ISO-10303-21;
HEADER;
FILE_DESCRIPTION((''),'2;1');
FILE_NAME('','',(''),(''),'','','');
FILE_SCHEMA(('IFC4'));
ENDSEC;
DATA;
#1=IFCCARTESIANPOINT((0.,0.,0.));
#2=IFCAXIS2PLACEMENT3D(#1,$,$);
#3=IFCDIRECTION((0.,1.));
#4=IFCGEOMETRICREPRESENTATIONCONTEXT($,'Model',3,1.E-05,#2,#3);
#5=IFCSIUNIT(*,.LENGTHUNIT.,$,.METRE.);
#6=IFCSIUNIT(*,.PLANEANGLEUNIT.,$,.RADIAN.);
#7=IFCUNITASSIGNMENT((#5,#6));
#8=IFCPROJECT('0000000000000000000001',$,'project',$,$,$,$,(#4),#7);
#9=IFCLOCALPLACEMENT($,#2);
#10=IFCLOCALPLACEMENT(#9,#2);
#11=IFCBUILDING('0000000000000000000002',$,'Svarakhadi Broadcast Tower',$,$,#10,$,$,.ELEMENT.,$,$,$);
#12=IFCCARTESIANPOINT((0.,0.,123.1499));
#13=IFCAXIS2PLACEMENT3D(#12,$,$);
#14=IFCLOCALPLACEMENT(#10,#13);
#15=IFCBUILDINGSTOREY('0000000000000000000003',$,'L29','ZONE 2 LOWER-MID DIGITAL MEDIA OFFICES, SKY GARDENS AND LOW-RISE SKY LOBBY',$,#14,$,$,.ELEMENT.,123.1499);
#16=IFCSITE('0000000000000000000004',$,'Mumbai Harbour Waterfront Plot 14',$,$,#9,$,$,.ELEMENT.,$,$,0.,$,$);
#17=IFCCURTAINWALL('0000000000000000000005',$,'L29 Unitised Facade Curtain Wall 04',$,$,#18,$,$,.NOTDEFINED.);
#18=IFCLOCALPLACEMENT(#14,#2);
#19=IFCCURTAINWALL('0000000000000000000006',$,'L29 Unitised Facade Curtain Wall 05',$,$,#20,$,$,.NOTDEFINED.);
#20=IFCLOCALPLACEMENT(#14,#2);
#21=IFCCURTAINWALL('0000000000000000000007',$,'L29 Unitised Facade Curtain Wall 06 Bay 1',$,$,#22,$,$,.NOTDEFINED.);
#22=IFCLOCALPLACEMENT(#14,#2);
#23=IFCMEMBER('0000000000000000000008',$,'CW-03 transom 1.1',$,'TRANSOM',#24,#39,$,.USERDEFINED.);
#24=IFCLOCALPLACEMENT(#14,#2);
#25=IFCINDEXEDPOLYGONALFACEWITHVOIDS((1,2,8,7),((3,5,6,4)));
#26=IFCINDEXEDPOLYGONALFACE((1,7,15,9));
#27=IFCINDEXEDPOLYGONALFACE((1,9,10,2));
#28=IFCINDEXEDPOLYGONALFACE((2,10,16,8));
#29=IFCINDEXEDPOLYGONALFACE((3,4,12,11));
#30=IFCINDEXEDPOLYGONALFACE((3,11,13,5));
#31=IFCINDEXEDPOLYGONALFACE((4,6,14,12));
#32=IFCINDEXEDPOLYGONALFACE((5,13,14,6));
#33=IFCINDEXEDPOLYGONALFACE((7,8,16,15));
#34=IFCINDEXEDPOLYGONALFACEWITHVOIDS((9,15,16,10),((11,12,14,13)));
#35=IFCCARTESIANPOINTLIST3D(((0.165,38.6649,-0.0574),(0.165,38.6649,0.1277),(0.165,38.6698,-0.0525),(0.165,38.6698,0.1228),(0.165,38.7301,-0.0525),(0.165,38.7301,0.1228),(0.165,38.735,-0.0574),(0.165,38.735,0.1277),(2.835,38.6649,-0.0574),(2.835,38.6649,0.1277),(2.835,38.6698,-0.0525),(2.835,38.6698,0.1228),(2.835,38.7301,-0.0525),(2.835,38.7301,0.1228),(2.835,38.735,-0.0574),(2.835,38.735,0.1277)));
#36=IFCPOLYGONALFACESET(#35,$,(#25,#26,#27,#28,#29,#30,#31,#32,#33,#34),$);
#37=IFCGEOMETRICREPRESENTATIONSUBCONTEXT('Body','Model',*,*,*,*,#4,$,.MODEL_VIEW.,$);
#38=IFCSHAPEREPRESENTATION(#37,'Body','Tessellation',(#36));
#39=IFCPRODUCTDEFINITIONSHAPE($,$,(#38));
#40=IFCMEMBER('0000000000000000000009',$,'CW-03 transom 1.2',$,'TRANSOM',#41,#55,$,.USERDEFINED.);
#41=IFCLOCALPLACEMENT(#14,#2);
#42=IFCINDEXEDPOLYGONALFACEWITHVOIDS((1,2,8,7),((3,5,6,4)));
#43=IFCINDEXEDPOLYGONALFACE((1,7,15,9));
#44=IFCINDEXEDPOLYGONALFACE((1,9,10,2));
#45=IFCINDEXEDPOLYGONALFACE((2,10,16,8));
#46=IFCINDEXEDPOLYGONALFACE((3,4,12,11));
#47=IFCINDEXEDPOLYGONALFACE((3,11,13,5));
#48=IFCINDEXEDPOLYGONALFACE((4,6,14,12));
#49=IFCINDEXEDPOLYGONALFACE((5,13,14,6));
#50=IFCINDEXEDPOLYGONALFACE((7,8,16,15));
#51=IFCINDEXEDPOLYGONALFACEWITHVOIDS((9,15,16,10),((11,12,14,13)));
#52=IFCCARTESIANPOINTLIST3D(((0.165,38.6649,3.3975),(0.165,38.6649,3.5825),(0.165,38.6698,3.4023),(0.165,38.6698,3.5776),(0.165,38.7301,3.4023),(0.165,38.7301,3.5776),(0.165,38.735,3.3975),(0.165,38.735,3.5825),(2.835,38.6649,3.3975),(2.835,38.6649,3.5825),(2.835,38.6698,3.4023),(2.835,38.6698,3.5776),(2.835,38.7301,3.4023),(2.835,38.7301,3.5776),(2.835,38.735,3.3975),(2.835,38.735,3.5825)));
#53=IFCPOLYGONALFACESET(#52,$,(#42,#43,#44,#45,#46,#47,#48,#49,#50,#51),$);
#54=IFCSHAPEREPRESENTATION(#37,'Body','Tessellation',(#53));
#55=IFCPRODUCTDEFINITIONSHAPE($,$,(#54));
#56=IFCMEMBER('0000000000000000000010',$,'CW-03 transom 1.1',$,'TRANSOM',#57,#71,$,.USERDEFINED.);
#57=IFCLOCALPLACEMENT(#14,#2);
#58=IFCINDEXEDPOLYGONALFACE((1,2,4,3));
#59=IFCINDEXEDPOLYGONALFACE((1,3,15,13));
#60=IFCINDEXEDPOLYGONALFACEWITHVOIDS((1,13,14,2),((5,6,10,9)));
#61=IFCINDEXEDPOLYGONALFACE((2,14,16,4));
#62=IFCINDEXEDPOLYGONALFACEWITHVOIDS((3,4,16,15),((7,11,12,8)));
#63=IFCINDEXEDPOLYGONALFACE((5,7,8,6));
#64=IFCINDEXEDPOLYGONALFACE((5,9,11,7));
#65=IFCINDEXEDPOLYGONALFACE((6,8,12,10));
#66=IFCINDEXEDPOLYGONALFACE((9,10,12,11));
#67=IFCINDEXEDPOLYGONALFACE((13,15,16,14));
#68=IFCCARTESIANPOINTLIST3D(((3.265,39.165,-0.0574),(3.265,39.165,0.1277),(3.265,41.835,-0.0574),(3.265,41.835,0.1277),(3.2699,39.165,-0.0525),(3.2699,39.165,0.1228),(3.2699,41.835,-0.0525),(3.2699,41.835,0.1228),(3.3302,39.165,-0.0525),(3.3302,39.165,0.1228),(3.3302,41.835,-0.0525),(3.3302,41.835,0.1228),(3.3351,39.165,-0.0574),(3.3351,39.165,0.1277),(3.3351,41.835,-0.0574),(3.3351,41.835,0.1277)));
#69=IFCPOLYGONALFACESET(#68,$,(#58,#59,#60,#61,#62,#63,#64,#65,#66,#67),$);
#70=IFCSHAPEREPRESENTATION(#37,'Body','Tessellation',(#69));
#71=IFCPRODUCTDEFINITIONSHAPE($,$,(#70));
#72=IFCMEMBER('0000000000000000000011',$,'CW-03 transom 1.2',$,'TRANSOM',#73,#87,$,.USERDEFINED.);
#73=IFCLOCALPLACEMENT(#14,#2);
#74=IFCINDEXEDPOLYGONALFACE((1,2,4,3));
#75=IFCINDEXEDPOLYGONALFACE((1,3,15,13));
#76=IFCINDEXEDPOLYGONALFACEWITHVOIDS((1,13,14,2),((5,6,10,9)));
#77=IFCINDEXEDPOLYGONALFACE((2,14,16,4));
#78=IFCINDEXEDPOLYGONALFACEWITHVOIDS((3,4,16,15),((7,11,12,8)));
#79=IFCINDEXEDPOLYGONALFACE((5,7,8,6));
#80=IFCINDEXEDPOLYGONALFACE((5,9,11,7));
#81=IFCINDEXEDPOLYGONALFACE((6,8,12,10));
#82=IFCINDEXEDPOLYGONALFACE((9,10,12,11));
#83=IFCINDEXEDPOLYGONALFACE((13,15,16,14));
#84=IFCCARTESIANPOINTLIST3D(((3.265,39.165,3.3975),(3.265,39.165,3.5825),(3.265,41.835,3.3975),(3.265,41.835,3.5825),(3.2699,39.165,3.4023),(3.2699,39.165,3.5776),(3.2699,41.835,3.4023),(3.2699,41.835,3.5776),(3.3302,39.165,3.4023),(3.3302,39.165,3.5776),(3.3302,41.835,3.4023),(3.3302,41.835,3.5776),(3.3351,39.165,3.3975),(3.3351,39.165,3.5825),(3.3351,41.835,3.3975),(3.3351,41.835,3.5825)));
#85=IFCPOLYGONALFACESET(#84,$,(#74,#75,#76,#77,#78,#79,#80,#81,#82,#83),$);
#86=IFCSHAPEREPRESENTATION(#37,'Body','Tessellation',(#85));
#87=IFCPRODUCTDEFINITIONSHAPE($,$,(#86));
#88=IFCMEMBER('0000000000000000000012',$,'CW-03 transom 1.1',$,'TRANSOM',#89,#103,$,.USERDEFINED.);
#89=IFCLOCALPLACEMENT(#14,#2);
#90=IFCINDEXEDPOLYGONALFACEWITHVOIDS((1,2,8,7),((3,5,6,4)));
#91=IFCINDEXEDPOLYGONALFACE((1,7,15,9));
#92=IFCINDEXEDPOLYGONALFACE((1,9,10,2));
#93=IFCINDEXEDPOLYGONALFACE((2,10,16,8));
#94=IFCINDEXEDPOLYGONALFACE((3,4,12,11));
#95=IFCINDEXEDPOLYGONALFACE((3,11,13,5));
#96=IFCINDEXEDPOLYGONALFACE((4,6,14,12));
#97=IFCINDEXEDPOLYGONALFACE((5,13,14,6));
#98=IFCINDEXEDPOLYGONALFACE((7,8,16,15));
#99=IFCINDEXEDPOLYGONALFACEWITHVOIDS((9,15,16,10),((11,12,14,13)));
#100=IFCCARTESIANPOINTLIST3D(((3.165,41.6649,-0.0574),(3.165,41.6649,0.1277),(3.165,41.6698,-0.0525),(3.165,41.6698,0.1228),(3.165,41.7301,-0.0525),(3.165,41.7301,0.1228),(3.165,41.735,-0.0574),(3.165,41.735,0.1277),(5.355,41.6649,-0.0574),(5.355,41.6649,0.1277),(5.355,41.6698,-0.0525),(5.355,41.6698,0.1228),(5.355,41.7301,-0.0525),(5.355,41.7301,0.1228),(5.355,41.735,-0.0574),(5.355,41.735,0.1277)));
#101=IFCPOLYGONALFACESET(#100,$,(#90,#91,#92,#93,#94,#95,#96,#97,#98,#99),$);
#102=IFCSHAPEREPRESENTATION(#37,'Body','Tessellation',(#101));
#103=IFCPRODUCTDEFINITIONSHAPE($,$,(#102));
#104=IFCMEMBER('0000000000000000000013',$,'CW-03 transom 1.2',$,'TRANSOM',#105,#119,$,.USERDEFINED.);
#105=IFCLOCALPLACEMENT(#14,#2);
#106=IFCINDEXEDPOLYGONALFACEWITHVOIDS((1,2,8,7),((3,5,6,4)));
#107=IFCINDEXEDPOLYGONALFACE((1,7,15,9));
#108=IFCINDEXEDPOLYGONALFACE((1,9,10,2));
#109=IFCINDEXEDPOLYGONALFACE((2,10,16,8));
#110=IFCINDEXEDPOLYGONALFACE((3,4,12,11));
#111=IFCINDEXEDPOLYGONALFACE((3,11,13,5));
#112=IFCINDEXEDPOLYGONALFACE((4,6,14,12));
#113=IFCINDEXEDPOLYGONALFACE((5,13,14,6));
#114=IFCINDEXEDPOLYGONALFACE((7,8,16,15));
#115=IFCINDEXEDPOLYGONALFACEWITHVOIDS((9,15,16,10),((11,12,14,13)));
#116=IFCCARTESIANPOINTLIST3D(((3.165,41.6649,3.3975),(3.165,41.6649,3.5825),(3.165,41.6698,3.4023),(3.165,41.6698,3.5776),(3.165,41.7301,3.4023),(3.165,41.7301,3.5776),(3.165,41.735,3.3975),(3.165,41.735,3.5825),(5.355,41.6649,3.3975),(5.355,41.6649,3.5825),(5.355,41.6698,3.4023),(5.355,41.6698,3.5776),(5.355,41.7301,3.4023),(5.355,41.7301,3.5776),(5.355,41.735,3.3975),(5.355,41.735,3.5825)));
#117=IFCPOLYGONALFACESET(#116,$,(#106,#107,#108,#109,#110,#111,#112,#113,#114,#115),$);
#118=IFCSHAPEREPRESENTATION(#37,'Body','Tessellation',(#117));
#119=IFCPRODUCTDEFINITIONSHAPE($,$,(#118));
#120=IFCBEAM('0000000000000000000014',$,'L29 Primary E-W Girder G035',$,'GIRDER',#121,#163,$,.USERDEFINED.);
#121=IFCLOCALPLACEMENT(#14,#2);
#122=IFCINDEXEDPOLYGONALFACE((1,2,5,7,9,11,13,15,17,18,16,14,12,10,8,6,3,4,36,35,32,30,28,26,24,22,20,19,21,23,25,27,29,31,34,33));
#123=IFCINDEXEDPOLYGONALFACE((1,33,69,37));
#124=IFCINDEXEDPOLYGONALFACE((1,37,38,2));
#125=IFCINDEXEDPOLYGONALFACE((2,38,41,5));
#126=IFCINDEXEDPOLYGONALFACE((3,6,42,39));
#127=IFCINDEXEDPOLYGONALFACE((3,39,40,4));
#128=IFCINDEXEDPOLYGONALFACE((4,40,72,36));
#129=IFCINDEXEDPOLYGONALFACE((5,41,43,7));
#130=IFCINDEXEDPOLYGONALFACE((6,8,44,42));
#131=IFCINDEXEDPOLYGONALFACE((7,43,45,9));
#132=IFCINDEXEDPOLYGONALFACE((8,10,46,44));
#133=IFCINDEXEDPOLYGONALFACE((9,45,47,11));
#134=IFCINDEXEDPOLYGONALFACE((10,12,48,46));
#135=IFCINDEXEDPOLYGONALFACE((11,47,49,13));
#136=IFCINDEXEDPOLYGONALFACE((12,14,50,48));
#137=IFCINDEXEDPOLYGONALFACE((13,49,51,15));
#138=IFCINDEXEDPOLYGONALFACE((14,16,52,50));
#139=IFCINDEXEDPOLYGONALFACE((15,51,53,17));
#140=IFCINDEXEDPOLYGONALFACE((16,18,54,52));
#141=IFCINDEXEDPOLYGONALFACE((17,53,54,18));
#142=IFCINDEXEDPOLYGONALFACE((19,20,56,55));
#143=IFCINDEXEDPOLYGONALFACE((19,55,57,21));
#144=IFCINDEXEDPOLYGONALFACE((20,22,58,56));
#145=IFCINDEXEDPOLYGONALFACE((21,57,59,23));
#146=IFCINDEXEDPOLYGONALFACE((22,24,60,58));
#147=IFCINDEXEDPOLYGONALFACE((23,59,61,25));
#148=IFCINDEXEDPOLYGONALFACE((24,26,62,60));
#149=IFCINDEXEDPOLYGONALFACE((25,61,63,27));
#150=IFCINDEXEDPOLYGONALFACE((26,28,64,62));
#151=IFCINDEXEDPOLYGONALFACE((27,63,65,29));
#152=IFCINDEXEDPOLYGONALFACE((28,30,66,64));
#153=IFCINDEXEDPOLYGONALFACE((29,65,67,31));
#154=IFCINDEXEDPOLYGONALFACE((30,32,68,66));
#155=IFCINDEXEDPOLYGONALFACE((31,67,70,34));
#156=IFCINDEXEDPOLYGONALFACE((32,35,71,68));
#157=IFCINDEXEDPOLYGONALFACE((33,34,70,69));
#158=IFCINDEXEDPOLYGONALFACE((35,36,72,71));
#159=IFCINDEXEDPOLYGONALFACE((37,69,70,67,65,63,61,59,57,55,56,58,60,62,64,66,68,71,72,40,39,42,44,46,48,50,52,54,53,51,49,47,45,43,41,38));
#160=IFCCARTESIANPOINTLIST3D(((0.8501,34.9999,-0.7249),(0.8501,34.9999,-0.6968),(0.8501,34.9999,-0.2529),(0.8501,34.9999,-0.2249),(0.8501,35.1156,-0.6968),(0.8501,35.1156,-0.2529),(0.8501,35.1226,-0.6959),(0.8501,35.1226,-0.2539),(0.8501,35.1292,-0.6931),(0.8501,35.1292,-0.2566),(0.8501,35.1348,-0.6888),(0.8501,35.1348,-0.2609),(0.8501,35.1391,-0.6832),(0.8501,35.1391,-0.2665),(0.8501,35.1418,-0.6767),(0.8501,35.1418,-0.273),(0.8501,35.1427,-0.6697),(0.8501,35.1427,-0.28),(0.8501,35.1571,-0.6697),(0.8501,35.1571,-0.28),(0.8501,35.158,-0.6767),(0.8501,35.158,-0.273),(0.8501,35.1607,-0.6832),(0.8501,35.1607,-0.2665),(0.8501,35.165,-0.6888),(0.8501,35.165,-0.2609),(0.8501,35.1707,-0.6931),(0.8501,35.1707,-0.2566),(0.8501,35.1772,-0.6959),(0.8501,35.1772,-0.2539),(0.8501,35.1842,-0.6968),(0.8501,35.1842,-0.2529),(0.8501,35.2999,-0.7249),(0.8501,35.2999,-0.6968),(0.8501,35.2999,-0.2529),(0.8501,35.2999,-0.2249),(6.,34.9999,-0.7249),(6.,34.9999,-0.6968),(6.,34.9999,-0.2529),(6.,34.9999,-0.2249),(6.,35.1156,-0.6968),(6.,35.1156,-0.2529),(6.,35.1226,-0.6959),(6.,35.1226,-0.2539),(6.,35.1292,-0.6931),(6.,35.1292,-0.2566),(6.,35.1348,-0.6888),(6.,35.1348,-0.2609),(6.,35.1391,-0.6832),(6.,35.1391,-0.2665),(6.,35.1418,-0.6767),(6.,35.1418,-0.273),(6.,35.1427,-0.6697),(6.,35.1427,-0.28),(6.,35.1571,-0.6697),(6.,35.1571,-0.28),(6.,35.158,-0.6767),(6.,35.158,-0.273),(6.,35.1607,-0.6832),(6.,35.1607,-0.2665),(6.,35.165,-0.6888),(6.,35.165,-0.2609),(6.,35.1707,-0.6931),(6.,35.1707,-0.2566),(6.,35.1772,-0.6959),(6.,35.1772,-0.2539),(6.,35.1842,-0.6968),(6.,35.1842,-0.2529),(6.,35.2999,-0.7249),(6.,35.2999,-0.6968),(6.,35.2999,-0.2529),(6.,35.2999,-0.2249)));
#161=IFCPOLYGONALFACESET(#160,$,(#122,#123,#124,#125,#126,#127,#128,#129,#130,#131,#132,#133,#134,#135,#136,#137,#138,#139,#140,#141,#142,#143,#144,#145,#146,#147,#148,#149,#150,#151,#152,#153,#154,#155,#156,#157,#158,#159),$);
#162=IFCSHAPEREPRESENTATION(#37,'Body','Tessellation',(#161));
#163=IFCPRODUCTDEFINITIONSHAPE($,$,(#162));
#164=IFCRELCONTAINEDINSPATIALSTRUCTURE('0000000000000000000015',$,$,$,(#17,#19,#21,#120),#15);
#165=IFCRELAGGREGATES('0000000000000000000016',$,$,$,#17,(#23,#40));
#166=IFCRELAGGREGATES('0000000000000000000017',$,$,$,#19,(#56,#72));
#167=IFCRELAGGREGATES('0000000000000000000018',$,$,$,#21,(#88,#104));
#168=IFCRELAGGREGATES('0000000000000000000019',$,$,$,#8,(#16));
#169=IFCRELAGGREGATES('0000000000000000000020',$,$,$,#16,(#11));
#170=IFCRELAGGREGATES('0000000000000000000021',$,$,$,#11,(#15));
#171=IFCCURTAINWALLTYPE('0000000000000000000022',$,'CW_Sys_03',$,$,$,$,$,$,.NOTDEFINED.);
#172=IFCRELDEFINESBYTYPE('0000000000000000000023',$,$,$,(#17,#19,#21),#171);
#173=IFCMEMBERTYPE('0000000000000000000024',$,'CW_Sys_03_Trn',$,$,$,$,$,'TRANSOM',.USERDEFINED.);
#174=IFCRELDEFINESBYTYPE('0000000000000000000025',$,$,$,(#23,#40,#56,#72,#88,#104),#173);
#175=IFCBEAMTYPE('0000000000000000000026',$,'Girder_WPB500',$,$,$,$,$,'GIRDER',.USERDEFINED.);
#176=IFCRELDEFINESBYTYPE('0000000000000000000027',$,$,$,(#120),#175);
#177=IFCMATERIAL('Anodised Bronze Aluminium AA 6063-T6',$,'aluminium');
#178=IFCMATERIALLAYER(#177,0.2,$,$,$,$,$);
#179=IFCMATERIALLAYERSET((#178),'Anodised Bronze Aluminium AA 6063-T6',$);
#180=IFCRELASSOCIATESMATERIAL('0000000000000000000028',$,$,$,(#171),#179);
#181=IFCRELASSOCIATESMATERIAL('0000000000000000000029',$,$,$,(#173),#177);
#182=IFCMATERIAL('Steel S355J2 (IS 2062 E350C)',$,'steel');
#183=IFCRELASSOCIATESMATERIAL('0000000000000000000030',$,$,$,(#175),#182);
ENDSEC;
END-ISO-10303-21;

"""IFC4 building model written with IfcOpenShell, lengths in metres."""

from ifc_helpers import new_model, si_unit, direction, frame, origin, origin_2d, place, context, subcontext, project, spatial, hollow_rectangle, i_section, extrude, material, layer, layer_set, material_profile, profile_set, type_object, element, aggregate, save


model = new_model("IFC4")

# Units and contexts
model_context = context("Model", 3, precision=1e-05, world=origin(), true_north=direction((0.0, 1.0)))
body_context = subcontext(model_context, "Body", "Model", "MODEL_VIEW")
ifc_project = project(units=[si_unit("LENGTHUNIT", "METRE"), si_unit("PLANEANGLEUNIT", "RADIAN")], contexts=[model_context])

# Site, building, storey
site_placement = place(None, origin())
site = spatial("IfcSite", under=ifc_project, at=site_placement, Name="Mumbai Harbour Waterfront Plot 14", CompositionType="ELEMENT", RefElevation=0.0)
building_placement = place(site_placement, origin())
building = spatial("IfcBuilding", under=site, at=building_placement, Name="Svarakhadi Broadcast Tower", CompositionType="ELEMENT")
storey_placement = place(building_placement, frame((0.0, 0.0, 123.1499)))
storey = spatial("IfcBuildingStorey", under=building, at=storey_placement, Name="L29", Description="ZONE 2 LOWER-MID DIGITAL MEDIA OFFICES, SKY GARDENS AND LOW-RISE SKY LOBBY", CompositionType="ELEMENT", Elevation=123.1499)

# Curtain walls
ifc_material_1 = material(Name="Anodised Bronze Aluminium AA 6063-T6", Category="aluminium")
ifc_layer_1 = layer(ifc_material_1, 0.2)
ifc_layer_set_1 = layer_set([ifc_layer_1], Name="Anodised Bronze Aluminium AA 6063-T6")
curtain_wall_type = type_object("IfcCurtainWallType", Name="CW_Sys_03", PredefinedType="NOTDEFINED", material=ifc_layer_set_1)
curtain_wall_1_placement = place(storey_placement, origin())
curtain_wall_1 = element("IfcCurtainWall", 1, at=curtain_wall_1_placement, inside=storey, type_object=curtain_wall_type, Name="L29 Unitised Facade Curtain Wall 04", PredefinedType="NOTDEFINED")
curtain_wall_2_placement = place(storey_placement, origin())
curtain_wall_2 = element("IfcCurtainWall", 2, at=curtain_wall_2_placement, inside=storey, type_object=curtain_wall_type, Name="L29 Unitised Facade Curtain Wall 05", PredefinedType="NOTDEFINED")
curtain_wall_3_placement = place(storey_placement, origin())
curtain_wall_3 = element("IfcCurtainWall", 3, at=curtain_wall_3_placement, inside=storey, type_object=curtain_wall_type, Name="L29 Unitised Facade Curtain Wall 06 Bay 1", PredefinedType="NOTDEFINED")

# Members
ifc_material_profile_1 = material_profile(ifc_material_1, hollow_rectangle(XDim=0.0701, YDim=0.1851, WallThickness=0.0049, at=origin_2d()), Name="ALU TRANSOM 185x70x5")
ifc_profile_set_1 = profile_set([ifc_material_profile_1], Name="Anodised Bronze Aluminium AA 6063-T6")
member_type_1 = type_object("IfcMemberType", Name="CW_Sys_03_Trn", ElementType="TRANSOM", PredefinedType="USERDEFINED", material=ifc_profile_set_1)
member_1_placement = place(storey_placement, frame((0.165, 38.7, 0.0352), z_axis=(1.0, 0.0, 0.0), x_axis=(0.0, 1.0, 0.0)))
member_1 = element("IfcMember", 4, at=member_1_placement, type_object=member_type_1, Name="CW-03 transom 1.1", ObjectType="TRANSOM", PredefinedType="USERDEFINED", context=body_context, shape_type="SweptSolid", body=[
    extrude(hollow_rectangle(XDim=0.0701, YDim=0.1851, WallThickness=0.0049, at=origin_2d()), origin(), (0.0, 0.0, 1.0), 2.6699),
])
member_2_placement = place(storey_placement, frame((0.165, 38.7, 3.49), z_axis=(1.0, 0.0, 0.0), x_axis=(0.0, 1.0, 0.0)))
member_2 = element("IfcMember", 5, at=member_2_placement, type_object=member_type_1, Name="CW-03 transom 1.2", ObjectType="TRANSOM", PredefinedType="USERDEFINED", context=body_context, shape_type="SweptSolid", body=[
    extrude(hollow_rectangle(XDim=0.0701, YDim=0.1851, WallThickness=0.0049, at=origin_2d()), origin(), (0.0, 0.0, 1.0), 2.6699),
])
member_3_placement = place(storey_placement, frame((3.3, 39.165, 0.0352), z_axis=(0.0, 1.0, 0.0), x_axis=(-1.0, 0.0, 0.0)))
member_3 = element("IfcMember", 6, at=member_3_placement, type_object=member_type_1, Name="CW-03 transom 1.1", ObjectType="TRANSOM", PredefinedType="USERDEFINED", context=body_context, shape_type="SweptSolid", body=[
    extrude(hollow_rectangle(XDim=0.0701, YDim=0.1851, WallThickness=0.0049, at=origin_2d()), origin(), (0.0, 0.0, 1.0), 2.6699),
])
member_4_placement = place(storey_placement, frame((3.3, 39.165, 3.49), z_axis=(0.0, 1.0, 0.0), x_axis=(-1.0, 0.0, 0.0)))
member_4 = element("IfcMember", 7, at=member_4_placement, type_object=member_type_1, Name="CW-03 transom 1.2", ObjectType="TRANSOM", PredefinedType="USERDEFINED", context=body_context, shape_type="SweptSolid", body=[
    extrude(hollow_rectangle(XDim=0.0701, YDim=0.1851, WallThickness=0.0049, at=origin_2d()), origin(), (0.0, 0.0, 1.0), 2.6699),
])
member_5_placement = place(storey_placement, frame((3.165, 41.7, 0.0352), z_axis=(1.0, 0.0, 0.0), x_axis=(0.0, 1.0, 0.0)))
member_5 = element("IfcMember", 8, at=member_5_placement, type_object=member_type_1, Name="CW-03 transom 1.1", ObjectType="TRANSOM", PredefinedType="USERDEFINED", context=body_context, shape_type="SweptSolid", body=[
    extrude(hollow_rectangle(XDim=0.0701, YDim=0.1851, WallThickness=0.0049, at=origin_2d()), origin(), (0.0, 0.0, 1.0), 2.1899),
])
member_6_placement = place(storey_placement, frame((3.165, 41.7, 3.49), z_axis=(1.0, 0.0, 0.0), x_axis=(0.0, 1.0, 0.0)))
member_6 = element("IfcMember", 9, at=member_6_placement, type_object=member_type_1, Name="CW-03 transom 1.2", ObjectType="TRANSOM", PredefinedType="USERDEFINED", context=body_context, shape_type="SweptSolid", body=[
    extrude(hollow_rectangle(XDim=0.0701, YDim=0.1851, WallThickness=0.0049, at=origin_2d()), origin(), (0.0, 0.0, 1.0), 2.1899),
])

# Beam
ifc_material_2 = material(Name="Steel S355J2 (IS 2062 E350C)", Category="steel")
ifc_material_profile_2 = material_profile(ifc_material_2, i_section(OverallWidth=0.3, OverallDepth=0.5, WebThickness=0.0144, FlangeThickness=0.0281, FilletRadius=0.0271, at=origin_2d()), Name="WPB 500x300x187")
ifc_profile_set_2 = profile_set([ifc_material_profile_2], Name="Steel S355J2 (IS 2062 E350C)")
beam_type_1 = type_object("IfcBeamType", Name="Girder_WPB500", ElementType="GIRDER", PredefinedType="USERDEFINED", material=ifc_profile_set_2)
beam_1_placement = place(storey_placement, frame((0.8501, 35.1499, -0.4749), z_axis=(1.0, 0.0, 0.0), x_axis=(0.0, 1.0, 0.0)))
element("IfcBeam", 10, at=beam_1_placement, inside=storey, type_object=beam_type_1, Name="L29 Primary E-W Girder G035", ObjectType="GIRDER", PredefinedType="USERDEFINED", context=body_context, shape_type="SweptSolid", body=[
    extrude(i_section(OverallWidth=0.3, OverallDepth=0.5, WebThickness=0.0144, FlangeThickness=0.0281, FilletRadius=0.0271, at=origin_2d()), origin(), (0.0, 0.0, 1.0), 5.1499),
])

aggregate(curtain_wall_1, [member_1, member_2])
aggregate(curtain_wall_2, [member_3, member_4])
aggregate(curtain_wall_3, [member_5, member_6])

save(model, "model.ifc")
